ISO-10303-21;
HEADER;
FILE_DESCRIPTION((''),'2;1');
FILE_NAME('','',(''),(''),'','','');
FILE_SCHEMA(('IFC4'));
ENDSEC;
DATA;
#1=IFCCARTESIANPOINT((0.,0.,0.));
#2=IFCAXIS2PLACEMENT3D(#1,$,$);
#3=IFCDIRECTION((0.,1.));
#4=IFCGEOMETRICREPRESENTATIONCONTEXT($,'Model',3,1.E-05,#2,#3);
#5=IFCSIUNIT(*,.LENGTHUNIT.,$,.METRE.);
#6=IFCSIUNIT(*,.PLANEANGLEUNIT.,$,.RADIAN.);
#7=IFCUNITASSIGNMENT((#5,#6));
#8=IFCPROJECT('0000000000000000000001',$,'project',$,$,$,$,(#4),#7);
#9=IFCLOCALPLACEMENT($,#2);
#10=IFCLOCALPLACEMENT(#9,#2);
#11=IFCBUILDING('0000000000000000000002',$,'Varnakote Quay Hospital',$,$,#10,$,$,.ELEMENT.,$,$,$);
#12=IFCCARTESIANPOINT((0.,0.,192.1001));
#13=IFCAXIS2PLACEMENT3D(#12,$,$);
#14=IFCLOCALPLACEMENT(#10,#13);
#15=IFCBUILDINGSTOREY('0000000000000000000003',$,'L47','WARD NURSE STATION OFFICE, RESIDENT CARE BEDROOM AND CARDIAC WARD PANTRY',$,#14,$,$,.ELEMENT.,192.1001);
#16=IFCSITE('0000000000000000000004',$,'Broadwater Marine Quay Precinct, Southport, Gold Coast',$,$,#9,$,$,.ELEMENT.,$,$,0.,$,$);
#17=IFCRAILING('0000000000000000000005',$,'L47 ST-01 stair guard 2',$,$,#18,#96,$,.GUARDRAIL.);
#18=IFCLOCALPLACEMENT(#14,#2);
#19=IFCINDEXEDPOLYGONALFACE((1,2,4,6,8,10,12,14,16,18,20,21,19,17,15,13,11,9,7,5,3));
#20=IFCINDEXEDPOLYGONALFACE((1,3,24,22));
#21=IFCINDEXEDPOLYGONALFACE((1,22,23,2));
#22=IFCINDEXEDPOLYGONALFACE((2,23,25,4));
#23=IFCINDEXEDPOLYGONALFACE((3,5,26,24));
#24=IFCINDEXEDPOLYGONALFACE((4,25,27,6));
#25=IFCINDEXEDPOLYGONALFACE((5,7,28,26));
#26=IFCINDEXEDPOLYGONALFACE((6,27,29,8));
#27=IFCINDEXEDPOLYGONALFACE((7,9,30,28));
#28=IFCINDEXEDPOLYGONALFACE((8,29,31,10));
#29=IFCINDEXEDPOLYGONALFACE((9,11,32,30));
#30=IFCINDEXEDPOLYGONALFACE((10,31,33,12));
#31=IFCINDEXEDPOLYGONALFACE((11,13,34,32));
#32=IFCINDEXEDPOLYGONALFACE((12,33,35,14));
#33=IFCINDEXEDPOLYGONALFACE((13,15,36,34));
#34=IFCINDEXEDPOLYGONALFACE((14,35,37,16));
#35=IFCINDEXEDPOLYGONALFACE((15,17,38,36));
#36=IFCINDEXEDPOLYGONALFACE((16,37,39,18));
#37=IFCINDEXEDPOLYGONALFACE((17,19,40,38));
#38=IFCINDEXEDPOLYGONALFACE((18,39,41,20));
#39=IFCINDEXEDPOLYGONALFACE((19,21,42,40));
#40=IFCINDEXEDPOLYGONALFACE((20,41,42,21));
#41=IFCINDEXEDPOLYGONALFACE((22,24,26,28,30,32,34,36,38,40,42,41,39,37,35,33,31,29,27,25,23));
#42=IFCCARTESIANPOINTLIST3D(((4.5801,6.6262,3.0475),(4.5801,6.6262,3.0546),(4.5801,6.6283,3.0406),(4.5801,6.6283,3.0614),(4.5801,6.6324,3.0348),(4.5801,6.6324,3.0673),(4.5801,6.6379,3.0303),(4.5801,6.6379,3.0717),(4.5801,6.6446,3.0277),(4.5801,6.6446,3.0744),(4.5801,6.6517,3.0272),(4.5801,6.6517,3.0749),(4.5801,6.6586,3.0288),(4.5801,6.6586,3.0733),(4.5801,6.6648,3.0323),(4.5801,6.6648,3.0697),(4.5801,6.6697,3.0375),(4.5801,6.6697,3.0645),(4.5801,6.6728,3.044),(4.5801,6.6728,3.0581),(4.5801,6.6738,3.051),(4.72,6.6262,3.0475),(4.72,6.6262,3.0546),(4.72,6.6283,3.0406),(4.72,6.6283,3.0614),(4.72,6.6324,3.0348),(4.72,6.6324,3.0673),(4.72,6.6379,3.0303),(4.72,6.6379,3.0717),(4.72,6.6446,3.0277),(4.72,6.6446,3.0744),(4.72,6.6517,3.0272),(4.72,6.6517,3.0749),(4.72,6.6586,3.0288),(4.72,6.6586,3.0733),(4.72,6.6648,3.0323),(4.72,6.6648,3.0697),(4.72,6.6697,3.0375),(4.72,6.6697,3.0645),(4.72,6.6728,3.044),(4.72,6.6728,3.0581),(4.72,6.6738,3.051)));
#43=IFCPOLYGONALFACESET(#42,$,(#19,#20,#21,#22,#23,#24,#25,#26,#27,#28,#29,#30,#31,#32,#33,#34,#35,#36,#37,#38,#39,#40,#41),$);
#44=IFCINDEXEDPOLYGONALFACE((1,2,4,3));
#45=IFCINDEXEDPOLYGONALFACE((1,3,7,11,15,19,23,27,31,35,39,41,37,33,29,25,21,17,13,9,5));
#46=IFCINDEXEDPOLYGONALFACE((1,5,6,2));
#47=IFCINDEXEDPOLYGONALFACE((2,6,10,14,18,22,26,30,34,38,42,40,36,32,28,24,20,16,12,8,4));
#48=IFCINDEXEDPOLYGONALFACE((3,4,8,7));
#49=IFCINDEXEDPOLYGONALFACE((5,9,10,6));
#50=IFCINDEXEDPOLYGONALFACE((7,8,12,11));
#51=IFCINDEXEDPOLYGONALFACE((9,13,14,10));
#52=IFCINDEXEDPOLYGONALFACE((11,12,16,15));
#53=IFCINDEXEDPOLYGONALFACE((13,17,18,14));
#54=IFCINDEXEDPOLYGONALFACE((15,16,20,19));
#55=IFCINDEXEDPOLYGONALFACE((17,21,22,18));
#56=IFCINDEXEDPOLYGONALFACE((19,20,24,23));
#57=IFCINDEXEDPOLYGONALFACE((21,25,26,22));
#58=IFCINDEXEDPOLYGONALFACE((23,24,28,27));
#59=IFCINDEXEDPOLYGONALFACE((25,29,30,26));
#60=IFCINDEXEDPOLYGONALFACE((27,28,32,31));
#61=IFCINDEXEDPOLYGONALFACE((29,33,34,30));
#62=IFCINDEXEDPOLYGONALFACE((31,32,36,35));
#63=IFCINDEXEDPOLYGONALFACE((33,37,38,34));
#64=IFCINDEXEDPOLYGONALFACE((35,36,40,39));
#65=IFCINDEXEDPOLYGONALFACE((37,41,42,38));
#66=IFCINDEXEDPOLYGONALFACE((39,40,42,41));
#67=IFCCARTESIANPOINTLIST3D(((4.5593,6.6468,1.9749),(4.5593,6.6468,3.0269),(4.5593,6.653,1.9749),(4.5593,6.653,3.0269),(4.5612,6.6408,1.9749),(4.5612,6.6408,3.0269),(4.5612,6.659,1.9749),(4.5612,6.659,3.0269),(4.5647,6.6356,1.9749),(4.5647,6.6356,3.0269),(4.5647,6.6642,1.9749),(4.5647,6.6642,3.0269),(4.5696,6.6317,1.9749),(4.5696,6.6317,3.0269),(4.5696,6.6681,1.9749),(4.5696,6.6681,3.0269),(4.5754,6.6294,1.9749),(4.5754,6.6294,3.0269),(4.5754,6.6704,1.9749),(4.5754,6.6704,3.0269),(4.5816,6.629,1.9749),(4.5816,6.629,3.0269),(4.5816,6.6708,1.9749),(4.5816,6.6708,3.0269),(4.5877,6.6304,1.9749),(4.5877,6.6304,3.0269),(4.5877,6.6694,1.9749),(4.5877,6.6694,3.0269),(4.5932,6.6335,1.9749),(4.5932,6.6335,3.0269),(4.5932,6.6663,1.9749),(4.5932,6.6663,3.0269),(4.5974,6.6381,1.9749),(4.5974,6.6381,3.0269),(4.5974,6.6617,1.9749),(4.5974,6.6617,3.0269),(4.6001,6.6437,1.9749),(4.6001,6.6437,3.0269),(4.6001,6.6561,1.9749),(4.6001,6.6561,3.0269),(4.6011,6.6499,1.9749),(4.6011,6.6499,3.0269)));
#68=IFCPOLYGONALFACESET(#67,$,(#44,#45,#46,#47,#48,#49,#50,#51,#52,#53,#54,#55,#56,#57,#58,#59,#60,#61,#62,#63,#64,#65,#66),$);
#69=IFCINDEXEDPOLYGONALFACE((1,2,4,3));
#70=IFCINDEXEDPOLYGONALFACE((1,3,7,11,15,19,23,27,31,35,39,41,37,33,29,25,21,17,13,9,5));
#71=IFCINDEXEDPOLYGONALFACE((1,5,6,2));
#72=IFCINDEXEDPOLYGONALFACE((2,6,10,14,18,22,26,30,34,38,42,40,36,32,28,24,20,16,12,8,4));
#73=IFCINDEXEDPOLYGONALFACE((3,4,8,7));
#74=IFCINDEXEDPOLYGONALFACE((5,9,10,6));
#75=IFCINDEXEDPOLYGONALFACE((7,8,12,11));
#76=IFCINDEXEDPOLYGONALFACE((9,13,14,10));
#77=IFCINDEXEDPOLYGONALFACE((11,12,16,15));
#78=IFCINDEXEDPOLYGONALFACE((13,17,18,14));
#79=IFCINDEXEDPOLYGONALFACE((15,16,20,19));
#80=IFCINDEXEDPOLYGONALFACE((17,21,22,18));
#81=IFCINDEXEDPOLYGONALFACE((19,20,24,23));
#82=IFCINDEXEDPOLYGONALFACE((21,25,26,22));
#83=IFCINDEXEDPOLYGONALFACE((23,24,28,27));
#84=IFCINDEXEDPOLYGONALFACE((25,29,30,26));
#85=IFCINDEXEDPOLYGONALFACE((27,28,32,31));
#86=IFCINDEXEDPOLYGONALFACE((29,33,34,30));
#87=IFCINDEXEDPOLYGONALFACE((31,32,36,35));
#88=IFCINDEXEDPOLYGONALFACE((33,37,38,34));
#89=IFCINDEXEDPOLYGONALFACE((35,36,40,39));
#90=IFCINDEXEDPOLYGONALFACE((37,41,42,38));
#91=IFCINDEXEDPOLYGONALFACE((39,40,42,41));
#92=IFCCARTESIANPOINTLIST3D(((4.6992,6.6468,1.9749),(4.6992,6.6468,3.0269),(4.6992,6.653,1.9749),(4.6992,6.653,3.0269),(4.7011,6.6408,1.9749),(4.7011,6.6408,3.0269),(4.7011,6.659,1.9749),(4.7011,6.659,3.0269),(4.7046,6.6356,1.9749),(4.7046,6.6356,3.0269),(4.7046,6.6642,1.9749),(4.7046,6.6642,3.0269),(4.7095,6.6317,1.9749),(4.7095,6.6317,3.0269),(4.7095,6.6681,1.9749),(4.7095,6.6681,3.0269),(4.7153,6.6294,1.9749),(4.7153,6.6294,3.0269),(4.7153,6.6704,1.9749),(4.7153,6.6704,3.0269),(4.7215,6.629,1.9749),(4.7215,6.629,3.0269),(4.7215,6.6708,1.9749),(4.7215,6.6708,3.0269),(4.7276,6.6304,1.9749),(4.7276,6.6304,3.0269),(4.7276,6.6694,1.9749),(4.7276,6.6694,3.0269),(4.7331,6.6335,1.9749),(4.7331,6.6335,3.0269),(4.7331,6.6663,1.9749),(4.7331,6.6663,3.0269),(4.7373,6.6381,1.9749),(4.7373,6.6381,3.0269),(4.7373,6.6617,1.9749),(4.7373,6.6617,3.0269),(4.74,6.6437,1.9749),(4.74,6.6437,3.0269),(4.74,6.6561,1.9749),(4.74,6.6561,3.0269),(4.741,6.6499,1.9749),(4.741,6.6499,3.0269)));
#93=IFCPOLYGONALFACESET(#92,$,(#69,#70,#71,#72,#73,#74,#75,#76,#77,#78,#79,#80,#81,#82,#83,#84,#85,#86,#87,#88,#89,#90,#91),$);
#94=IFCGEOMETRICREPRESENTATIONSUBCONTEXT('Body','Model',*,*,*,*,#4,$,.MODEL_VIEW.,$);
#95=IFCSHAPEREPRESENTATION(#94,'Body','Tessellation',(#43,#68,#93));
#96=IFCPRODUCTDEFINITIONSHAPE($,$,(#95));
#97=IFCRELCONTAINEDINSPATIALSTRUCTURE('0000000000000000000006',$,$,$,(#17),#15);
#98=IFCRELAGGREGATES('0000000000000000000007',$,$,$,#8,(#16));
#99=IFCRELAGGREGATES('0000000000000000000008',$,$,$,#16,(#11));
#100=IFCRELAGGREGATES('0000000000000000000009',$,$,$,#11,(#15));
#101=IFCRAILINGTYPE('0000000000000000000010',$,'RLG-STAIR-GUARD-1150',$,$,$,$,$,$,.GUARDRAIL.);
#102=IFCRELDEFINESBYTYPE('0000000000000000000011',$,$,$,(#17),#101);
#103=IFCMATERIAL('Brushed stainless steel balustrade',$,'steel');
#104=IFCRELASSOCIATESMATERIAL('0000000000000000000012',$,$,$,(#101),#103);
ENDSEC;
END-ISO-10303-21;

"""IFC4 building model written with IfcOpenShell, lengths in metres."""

from ifc_helpers import new_model, si_unit, direction, frame, origin, origin_2d, place, context, subcontext, project, spatial, circle, extrude, material, type_object, element, save


model = new_model("IFC4")

# Units and contexts
model_context = context("Model", 3, precision=1e-05, world=origin(), true_north=direction((0.0, 1.0)))
body_context = subcontext(model_context, "Body", "Model", "MODEL_VIEW")
ifc_project = project(units=[si_unit("LENGTHUNIT", "METRE"), si_unit("PLANEANGLEUNIT", "RADIAN")], contexts=[model_context])

# Site, building, storey
site_placement = place(None, origin())
site = spatial("IfcSite", under=ifc_project, at=site_placement, Name="Broadwater Marine Quay Precinct, Southport, Gold Coast", CompositionType="ELEMENT", RefElevation=0.0)
building_placement = place(site_placement, origin())
building = spatial("IfcBuilding", under=site, at=building_placement, Name="Varnakote Quay Hospital", CompositionType="ELEMENT")
storey_placement = place(building_placement, frame((0.0, 0.0, 192.1001)))
storey = spatial("IfcBuildingStorey", under=building, at=storey_placement, Name="L47", Description="WARD NURSE STATION OFFICE, RESIDENT CARE BEDROOM AND CARDIAC WARD PANTRY", CompositionType="ELEMENT", Elevation=192.1001)

# Railing
ifc_material_1 = material(Name="Brushed stainless steel balustrade", Category="steel")
railing_type_1 = type_object("IfcRailingType", Name="RLG-STAIR-GUARD-1150", PredefinedType="GUARDRAIL", material=ifc_material_1)
railing_1_placement = place(storey_placement, frame((4.5801, 6.6499, 1.9749)))
element("IfcRailing", 1, at=railing_1_placement, inside=storey, type_object=railing_type_1, Name="L47 ST-01 stair guard 2", PredefinedType="GUARDRAIL", context=body_context, shape_type="SweptSolid", body=[
    extrude(circle(Radius=0.0239, at=origin_2d()), frame((0.0, 0.0, 1.0762), z_axis=(1.0, 0.0, 0.0), x_axis=(0.0, 1.0, 0.0)), (0.0, 0.0, 1.0), 0.1399),
    extrude(circle(Radius=0.021, at=origin_2d()), origin(), (0.0, 0.0, 1.0), 1.052),
    extrude(circle(Radius=0.021, at=origin_2d()), frame((0.1399, 0.0, 0.0)), (0.0, 0.0, 1.0), 1.052),
])

save(model, "model.ifc")
